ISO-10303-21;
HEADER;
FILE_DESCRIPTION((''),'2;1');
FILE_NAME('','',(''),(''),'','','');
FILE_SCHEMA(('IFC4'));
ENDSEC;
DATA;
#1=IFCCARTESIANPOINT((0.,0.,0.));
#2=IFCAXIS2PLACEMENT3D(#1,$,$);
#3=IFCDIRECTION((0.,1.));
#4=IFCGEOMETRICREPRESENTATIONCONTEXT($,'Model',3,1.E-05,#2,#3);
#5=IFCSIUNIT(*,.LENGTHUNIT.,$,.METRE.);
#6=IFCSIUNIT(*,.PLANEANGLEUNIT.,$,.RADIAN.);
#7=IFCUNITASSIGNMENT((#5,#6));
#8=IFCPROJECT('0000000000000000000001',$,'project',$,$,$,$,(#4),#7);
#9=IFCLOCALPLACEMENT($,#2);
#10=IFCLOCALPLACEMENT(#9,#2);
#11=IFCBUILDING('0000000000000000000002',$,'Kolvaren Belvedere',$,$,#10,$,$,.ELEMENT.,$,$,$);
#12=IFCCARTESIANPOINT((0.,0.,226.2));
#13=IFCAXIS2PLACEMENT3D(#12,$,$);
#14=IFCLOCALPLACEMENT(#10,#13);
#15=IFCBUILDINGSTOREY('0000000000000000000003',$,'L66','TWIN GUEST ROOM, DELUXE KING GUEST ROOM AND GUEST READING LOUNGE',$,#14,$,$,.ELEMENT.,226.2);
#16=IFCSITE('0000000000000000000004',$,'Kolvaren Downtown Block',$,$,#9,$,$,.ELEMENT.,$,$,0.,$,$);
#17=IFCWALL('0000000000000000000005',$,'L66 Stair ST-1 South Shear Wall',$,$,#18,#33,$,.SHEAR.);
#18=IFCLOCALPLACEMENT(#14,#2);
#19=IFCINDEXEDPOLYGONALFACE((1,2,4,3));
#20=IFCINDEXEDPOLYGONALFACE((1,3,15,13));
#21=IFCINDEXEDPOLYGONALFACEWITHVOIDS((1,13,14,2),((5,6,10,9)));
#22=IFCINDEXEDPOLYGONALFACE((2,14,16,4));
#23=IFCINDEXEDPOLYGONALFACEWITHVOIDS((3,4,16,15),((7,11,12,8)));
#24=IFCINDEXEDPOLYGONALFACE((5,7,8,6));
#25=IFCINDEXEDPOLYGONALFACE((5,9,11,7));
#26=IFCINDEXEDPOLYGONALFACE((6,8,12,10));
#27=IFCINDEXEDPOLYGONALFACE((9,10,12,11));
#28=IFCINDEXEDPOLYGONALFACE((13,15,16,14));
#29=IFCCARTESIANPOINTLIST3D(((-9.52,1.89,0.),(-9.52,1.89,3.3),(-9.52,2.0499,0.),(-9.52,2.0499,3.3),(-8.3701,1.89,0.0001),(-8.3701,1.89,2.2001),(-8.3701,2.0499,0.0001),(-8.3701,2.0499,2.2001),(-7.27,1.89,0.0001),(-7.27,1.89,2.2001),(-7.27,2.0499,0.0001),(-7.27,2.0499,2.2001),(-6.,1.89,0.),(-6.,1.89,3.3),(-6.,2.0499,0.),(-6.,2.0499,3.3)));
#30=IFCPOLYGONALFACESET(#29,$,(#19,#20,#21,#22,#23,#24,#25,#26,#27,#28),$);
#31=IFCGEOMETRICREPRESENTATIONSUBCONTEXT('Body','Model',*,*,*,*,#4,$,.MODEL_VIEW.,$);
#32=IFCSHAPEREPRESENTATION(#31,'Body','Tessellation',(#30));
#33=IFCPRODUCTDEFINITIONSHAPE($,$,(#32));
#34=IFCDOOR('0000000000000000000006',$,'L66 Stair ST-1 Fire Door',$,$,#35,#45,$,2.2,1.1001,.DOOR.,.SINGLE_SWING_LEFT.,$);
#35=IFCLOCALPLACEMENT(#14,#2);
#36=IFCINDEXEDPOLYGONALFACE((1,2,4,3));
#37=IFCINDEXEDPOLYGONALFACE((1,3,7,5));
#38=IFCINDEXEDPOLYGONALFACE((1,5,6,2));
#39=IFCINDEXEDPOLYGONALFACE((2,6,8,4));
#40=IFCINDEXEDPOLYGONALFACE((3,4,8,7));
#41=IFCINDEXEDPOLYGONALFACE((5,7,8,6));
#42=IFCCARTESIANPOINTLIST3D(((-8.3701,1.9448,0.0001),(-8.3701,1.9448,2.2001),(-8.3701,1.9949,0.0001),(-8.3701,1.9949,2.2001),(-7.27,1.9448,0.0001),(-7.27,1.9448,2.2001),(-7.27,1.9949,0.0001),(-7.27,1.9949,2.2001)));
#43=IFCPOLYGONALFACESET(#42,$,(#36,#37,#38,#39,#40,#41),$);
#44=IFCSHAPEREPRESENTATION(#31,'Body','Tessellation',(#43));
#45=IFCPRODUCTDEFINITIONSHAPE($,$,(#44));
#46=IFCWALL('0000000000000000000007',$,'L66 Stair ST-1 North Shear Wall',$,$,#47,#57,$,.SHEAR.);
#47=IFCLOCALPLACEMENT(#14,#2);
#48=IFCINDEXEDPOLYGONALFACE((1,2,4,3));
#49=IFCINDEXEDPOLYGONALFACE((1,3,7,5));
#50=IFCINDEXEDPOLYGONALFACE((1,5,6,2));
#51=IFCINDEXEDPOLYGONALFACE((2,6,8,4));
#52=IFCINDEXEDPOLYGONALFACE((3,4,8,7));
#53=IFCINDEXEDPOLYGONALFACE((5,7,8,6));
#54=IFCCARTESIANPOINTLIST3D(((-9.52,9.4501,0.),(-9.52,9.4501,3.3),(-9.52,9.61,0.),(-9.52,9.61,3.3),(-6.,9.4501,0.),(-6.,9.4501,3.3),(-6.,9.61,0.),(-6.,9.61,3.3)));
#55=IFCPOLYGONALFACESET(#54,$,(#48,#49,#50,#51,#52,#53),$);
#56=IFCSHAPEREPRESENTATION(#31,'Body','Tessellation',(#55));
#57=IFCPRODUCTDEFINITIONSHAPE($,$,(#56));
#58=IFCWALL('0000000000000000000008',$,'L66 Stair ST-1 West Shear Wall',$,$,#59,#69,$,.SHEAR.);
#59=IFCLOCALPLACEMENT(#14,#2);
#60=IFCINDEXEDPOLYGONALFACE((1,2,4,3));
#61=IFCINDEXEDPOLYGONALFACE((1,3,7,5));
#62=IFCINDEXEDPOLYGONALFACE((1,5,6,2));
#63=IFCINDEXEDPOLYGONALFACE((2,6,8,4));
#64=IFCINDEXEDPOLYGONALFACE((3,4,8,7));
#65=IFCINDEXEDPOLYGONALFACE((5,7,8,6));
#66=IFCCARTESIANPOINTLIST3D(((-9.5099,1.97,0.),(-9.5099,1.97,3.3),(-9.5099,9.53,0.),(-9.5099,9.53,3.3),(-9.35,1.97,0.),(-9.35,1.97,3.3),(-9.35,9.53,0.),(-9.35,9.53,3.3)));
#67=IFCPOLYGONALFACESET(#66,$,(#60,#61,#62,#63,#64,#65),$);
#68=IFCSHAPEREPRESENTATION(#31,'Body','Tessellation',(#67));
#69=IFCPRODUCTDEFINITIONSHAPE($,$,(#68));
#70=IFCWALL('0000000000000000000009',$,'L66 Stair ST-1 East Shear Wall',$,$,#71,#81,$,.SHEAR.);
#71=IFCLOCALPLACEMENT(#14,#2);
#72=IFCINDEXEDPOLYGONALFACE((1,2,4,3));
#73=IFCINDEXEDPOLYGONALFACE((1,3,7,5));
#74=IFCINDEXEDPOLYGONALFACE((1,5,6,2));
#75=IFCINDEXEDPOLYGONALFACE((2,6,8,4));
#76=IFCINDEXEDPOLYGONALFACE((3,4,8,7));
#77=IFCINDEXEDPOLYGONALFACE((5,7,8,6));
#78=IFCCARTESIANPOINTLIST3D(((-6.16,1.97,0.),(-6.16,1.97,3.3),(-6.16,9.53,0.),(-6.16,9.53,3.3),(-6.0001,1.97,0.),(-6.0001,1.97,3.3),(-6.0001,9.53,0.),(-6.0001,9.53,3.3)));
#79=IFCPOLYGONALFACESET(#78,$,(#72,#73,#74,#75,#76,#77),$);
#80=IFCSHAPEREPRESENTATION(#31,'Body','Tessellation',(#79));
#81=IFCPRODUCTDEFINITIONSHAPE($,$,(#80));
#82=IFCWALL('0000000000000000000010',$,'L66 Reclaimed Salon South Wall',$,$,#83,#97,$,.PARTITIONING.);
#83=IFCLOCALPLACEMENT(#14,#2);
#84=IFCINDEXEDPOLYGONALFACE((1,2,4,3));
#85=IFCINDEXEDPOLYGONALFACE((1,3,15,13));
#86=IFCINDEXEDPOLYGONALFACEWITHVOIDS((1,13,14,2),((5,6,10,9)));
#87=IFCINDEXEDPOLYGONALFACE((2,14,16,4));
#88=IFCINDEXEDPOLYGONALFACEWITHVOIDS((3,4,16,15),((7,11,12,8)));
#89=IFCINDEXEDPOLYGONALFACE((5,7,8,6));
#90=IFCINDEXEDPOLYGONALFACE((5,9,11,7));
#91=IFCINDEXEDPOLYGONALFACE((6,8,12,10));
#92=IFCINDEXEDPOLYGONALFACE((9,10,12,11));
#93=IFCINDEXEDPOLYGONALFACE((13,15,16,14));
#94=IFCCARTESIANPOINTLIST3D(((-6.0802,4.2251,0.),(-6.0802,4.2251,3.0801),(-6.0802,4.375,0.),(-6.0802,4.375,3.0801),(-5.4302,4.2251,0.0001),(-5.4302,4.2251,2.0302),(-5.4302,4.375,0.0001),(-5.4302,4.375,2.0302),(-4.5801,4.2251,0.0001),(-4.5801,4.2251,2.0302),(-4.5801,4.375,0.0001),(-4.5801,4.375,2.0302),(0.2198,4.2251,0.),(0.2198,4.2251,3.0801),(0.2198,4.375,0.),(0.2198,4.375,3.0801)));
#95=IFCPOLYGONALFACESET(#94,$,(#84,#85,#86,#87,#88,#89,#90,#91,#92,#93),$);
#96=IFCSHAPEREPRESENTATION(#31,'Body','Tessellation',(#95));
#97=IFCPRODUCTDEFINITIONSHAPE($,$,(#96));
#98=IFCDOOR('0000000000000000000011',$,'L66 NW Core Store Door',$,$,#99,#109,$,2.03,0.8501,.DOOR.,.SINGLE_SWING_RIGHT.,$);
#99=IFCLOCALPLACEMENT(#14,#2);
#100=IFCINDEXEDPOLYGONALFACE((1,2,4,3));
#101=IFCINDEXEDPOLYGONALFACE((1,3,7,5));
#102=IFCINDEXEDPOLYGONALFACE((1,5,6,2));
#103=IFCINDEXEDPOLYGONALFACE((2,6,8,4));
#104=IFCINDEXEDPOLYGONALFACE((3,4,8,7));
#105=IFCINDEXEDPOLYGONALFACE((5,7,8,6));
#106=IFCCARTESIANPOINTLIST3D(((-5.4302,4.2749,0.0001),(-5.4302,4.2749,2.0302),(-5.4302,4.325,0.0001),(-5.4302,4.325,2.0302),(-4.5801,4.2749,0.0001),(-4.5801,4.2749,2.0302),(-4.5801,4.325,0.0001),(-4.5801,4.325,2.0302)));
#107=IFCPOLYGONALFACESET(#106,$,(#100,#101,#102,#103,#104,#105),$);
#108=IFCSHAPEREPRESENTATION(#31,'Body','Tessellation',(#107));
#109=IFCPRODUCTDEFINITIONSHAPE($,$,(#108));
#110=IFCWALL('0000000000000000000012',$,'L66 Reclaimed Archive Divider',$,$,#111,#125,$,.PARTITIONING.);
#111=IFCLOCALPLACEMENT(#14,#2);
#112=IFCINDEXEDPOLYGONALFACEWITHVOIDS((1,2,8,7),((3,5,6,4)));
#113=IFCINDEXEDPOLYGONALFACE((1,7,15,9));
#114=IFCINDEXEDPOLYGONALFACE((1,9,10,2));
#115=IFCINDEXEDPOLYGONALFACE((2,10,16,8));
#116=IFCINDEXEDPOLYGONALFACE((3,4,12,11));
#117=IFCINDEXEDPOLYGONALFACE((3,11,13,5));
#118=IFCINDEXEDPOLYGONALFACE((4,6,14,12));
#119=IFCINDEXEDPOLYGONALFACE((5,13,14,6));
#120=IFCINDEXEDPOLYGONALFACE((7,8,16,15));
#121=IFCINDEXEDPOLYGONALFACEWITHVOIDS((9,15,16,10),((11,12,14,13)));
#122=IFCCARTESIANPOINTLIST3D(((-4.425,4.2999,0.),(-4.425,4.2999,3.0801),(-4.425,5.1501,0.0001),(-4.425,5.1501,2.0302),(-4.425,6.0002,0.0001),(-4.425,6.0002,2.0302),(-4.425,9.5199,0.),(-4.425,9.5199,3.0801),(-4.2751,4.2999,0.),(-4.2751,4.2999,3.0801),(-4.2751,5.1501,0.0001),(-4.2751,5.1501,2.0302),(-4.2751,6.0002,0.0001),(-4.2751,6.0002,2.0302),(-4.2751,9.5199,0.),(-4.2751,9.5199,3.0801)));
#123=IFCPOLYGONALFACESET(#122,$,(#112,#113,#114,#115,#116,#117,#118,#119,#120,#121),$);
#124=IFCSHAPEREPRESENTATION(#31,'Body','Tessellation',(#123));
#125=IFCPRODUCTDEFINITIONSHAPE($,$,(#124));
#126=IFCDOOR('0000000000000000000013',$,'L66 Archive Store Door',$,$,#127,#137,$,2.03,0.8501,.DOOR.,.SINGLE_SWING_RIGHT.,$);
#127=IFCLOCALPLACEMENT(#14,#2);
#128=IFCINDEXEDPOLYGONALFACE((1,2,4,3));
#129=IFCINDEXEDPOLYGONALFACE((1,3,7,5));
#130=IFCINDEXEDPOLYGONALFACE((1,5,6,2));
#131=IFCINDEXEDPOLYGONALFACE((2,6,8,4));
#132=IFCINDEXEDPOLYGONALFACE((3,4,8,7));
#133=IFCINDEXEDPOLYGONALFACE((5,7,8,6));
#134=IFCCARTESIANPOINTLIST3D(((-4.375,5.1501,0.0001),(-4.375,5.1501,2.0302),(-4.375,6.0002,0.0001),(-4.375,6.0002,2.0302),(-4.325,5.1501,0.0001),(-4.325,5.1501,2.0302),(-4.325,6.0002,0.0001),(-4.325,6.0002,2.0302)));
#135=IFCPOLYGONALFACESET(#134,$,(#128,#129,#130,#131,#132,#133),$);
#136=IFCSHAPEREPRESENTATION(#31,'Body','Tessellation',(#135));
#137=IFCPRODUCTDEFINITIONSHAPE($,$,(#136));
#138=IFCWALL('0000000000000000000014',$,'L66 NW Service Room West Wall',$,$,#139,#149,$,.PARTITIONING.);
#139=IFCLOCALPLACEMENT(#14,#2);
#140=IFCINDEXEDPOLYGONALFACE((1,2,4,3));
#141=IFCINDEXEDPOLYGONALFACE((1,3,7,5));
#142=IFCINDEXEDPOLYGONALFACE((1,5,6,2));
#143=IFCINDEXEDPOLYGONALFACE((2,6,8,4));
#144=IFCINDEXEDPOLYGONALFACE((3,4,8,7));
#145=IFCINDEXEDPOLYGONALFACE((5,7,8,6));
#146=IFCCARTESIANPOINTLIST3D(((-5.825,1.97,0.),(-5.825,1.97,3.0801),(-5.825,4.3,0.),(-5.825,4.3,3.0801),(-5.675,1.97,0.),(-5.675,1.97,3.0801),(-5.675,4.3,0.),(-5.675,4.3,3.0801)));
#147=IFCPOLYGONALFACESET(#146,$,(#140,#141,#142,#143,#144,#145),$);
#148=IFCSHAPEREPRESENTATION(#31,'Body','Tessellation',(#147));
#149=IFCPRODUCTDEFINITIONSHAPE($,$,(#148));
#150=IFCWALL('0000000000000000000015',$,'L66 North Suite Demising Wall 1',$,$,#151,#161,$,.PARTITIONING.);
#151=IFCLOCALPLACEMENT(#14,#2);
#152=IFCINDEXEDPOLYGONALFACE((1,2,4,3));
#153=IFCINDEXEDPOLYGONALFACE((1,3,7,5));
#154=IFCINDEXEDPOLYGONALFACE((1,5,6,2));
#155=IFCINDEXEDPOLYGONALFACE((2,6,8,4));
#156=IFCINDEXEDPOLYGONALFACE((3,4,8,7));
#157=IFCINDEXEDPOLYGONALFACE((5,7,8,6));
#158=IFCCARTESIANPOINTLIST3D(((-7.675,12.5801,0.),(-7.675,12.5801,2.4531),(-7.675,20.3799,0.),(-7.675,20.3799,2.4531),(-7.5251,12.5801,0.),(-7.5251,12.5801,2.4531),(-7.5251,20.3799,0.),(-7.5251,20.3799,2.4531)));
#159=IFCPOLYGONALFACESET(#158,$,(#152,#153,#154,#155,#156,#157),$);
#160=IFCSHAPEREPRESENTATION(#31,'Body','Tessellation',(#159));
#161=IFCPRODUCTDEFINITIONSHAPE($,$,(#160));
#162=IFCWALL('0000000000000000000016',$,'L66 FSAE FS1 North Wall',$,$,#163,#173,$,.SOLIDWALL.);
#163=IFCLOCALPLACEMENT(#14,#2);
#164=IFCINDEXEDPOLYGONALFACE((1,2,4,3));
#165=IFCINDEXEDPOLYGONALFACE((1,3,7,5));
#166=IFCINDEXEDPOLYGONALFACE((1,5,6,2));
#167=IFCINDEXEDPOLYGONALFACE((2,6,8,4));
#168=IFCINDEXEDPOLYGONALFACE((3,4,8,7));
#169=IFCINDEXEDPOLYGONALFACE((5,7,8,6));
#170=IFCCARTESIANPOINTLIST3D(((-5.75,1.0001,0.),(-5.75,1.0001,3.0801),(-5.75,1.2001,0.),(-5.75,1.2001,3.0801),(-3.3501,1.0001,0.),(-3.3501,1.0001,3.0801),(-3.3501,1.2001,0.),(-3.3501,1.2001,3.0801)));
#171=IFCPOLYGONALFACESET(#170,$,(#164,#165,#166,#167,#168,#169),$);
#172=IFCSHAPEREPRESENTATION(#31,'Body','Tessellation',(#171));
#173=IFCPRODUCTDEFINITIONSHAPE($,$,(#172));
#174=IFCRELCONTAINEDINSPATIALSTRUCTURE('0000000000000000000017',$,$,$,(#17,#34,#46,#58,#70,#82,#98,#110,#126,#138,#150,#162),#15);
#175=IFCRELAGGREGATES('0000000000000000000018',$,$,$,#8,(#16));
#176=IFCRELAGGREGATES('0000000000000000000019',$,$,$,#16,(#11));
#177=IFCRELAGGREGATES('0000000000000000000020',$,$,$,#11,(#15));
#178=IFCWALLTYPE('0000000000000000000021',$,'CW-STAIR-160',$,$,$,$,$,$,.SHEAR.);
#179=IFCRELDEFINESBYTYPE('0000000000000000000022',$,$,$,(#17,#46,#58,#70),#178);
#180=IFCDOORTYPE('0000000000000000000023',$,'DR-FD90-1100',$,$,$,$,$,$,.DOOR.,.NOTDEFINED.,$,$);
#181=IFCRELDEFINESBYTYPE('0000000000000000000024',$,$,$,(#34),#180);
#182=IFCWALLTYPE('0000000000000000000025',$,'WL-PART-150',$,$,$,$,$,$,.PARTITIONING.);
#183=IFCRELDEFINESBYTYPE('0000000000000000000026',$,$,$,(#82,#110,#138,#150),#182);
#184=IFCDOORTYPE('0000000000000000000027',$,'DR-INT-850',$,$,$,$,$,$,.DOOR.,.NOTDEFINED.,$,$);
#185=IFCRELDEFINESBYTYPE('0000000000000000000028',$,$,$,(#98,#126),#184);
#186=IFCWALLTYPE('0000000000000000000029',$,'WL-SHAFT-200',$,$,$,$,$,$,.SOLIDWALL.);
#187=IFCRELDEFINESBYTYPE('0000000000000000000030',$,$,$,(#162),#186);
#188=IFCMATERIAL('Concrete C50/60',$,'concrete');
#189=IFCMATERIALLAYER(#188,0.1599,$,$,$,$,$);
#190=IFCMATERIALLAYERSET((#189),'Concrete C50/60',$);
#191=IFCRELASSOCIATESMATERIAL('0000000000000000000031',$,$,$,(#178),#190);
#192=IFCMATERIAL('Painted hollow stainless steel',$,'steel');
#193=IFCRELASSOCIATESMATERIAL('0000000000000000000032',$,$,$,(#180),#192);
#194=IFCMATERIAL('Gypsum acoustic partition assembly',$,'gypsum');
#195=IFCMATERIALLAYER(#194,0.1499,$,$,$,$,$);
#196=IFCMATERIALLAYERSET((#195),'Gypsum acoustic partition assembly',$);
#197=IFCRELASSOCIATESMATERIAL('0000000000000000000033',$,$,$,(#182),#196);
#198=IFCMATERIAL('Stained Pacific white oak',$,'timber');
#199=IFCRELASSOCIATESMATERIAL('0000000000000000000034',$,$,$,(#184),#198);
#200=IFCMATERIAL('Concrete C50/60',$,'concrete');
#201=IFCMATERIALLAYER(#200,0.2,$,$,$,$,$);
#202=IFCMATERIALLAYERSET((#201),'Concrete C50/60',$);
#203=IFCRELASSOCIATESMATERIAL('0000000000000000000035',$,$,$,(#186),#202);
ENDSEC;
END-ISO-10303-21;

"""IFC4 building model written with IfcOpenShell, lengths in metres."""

from ifc_helpers import new_model, si_unit, direction, frame, frame_2d, origin, place, context, subcontext, project, spatial, rectangle, extrude, material, layer, layer_set, type_object, element, fill, save


model = new_model("IFC4")

# Units and contexts
model_context = context("Model", 3, precision=1e-05, world=origin(), true_north=direction((0.0, 1.0)))
body_context = subcontext(model_context, "Body", "Model", "MODEL_VIEW")
ifc_project = project(units=[si_unit("LENGTHUNIT", "METRE"), si_unit("PLANEANGLEUNIT", "RADIAN")], contexts=[model_context])

# Site, building, storey
site_placement = place(None, origin())
site = spatial("IfcSite", under=ifc_project, at=site_placement, Name="Kolvaren Downtown Block", CompositionType="ELEMENT", RefElevation=0.0)
building_placement = place(site_placement, origin())
building = spatial("IfcBuilding", under=site, at=building_placement, Name="Kolvaren Belvedere", CompositionType="ELEMENT")
storey_placement = place(building_placement, frame((0.0, 0.0, 226.2)))
storey = spatial("IfcBuildingStorey", under=building, at=storey_placement, Name="L66", Description="TWIN GUEST ROOM, DELUXE KING GUEST ROOM AND GUEST READING LOUNGE", CompositionType="ELEMENT", Elevation=226.2)

# Wall, opening, door
ifc_material_1 = material(Name="Concrete C50/60", Category="concrete")
ifc_layer_1 = layer(ifc_material_1, 0.1599)
ifc_layer_set_1 = layer_set([ifc_layer_1], Name="Concrete C50/60")
wall_type_1 = type_object("IfcWallType", Name="CW-STAIR-160", PredefinedType="SHEAR", material=ifc_layer_set_1)
wall_1_placement = place(storey_placement, frame((-9.52, 1.97, 0.0), z_axis=(0.0, 0.0, 1.0), x_axis=(1.0, 0.0, 0.0)))
wall_1 = element("IfcWall", 1, at=wall_1_placement, inside=storey, type_object=wall_type_1, Name="L66 Stair ST-1 South Shear Wall", PredefinedType="SHEAR", context=body_context, shape_type="SweptSolid", body=[
    extrude(rectangle(XDim=3.52, YDim=0.1599, at=frame_2d((1.76, 0.0))), origin(), (0.0, 0.0, 1.0), 3.3),
])
opening_1_placement = place(wall_1_placement, frame((1.1499, 0.0, 0.0)))
opening_1 = element("IfcOpeningElement", 2, at=opening_1_placement, cuts=wall_1, PredefinedType="OPENING", context=body_context, shape_type="SweptSolid", body=[
    extrude(rectangle(XDim=1.1001, YDim=2.2, at=frame_2d((0.55, 1.1001))), frame((0.0, 0.0898, 0.0), z_axis=(0.0, -1.0, 0.0), x_axis=(1.0, 0.0, 0.0)), (0.0, 0.0, 1.0), 0.1799),
])
ifc_material_2 = material(Name="Painted hollow stainless steel", Category="steel")
door_type_1 = type_object("IfcDoorType", Name="DR-FD90-1100", OperationType="NOTDEFINED", PredefinedType="DOOR", material=ifc_material_2)
door_1_placement = place(opening_1_placement, origin())
door_1 = element("IfcDoor", 3, at=door_1_placement, inside=storey, type_object=door_type_1, Name="L66 Stair ST-1 Fire Door", OperationType="SINGLE_SWING_LEFT", OverallHeight=2.2, OverallWidth=1.1001, PredefinedType="DOOR", context=body_context, shape_type="SweptSolid", body=[
    extrude(rectangle(XDim=1.1001, YDim=2.2, at=frame_2d((0.55, 1.1001))), frame((0.0, 0.0249, 0.0), z_axis=(0.0, -1.0, 0.0), x_axis=(1.0, 0.0, 0.0)), (0.0, 0.0, 1.0), 0.05),
])
fill(opening_1, door_1)

# Walls
wall_2_placement = place(storey_placement, frame((-9.52, 9.53, 0.0), z_axis=(0.0, 0.0, 1.0), x_axis=(1.0, 0.0, 0.0)))
element("IfcWall", 4, at=wall_2_placement, inside=storey, type_object=wall_type_1, Name="L66 Stair ST-1 North Shear Wall", PredefinedType="SHEAR", context=body_context, shape_type="SweptSolid", body=[
    extrude(rectangle(XDim=3.52, YDim=0.1599, at=frame_2d((1.76, 0.0))), origin(), (0.0, 0.0, 1.0), 3.3),
])
for number, where, z_axis, x_axis, name in (
    (5, (-9.4299, 1.97, 0.0), (0.0, 0.0, 1.0), (0.0, 1.0, 0.0), "L66 Stair ST-1 West Shear Wall"),
    (6, (-6.0801, 1.97, 0.0), (0.0, 0.0, 1.0), (0.0, 1.0, 0.0), "L66 Stair ST-1 East Shear Wall"),
):
    element("IfcWall", number, at=place(storey_placement, frame(where, z_axis=z_axis, x_axis=x_axis)), inside=storey, type_object=wall_type_1, Name=name, PredefinedType="SHEAR", context=body_context, shape_type="SweptSolid", body=[
        extrude(rectangle(XDim=7.5601, YDim=0.1599, at=frame_2d((3.78, 0.0))), origin(), (0.0, 0.0, 1.0), 3.3),
    ])

# Walls, openings, doors
ifc_material_3 = material(Name="Gypsum acoustic partition assembly", Category="gypsum")
ifc_layer_2 = layer(ifc_material_3, 0.1499)
ifc_layer_set_2 = layer_set([ifc_layer_2], Name="Gypsum acoustic partition assembly")
wall_type_2 = type_object("IfcWallType", Name="WL-PART-150", PredefinedType="PARTITIONING", material=ifc_layer_set_2)
wall_3_placement = place(storey_placement, frame((-6.0801, 4.3, 0.0), z_axis=(0.0, 0.0, 1.0), x_axis=(1.0, 0.0, 0.0)))
wall_3 = element("IfcWall", 7, at=wall_3_placement, inside=storey, type_object=wall_type_2, Name="L66 Reclaimed Salon South Wall", PredefinedType="PARTITIONING", context=body_context, shape_type="SweptSolid", body=[
    extrude(rectangle(XDim=6.3, YDim=0.1499, at=frame_2d((3.1499, 0.0))), origin(), (0.0, 0.0, 1.0), 3.0801),
])
opening_2_placement = place(wall_3_placement, frame((0.6499, 0.0, 0.0)))
opening_2 = element("IfcOpeningElement", 8, at=opening_2_placement, cuts=wall_3, PredefinedType="OPENING", context=body_context, shape_type="SweptSolid", body=[
    extrude(rectangle(XDim=0.8501, YDim=2.03, at=frame_2d((0.425, 1.0151))), frame((0.0, 0.085, 0.0), z_axis=(0.0, -1.0, 0.0), x_axis=(1.0, 0.0, 0.0)), (0.0, 0.0, 1.0), 0.1699),
])
ifc_material_4 = material(Name="Stained Pacific white oak", Category="timber")
door_type_2 = type_object("IfcDoorType", Name="DR-INT-850", OperationType="NOTDEFINED", PredefinedType="DOOR", material=ifc_material_4)
door_2_placement = place(opening_2_placement, origin())
door_2 = element("IfcDoor", 9, at=door_2_placement, inside=storey, type_object=door_type_2, Name="L66 NW Core Store Door", OperationType="SINGLE_SWING_RIGHT", OverallHeight=2.03, OverallWidth=0.8501, PredefinedType="DOOR", context=body_context, shape_type="SweptSolid", body=[
    extrude(rectangle(XDim=0.8501, YDim=2.03, at=frame_2d((0.425, 1.0151))), frame((0.0, 0.0249, 0.0), z_axis=(0.0, -1.0, 0.0), x_axis=(1.0, 0.0, 0.0)), (0.0, 0.0, 1.0), 0.05),
])
fill(opening_2, door_2)
wall_4_placement = place(storey_placement, frame((-4.3501, 4.3, 0.0), z_axis=(0.0, 0.0, 1.0), x_axis=(0.0, 1.0, 0.0)))
wall_4 = element("IfcWall", 10, at=wall_4_placement, inside=storey, type_object=wall_type_2, Name="L66 Reclaimed Archive Divider", PredefinedType="PARTITIONING", context=body_context, shape_type="SweptSolid", body=[
    extrude(rectangle(XDim=5.22, YDim=0.1499, at=frame_2d((2.6099, 0.0))), origin(), (0.0, 0.0, 1.0), 3.0801),
])
opening_3_placement = place(wall_4_placement, frame((0.8501, 0.0, 0.0)))
opening_3 = element("IfcOpeningElement", 11, at=opening_3_placement, cuts=wall_4, PredefinedType="OPENING", context=body_context, shape_type="SweptSolid", body=[
    extrude(rectangle(XDim=0.8501, YDim=2.03, at=frame_2d((0.425, 1.0151))), frame((0.0, 0.085, 0.0), z_axis=(0.0, -1.0, 0.0), x_axis=(1.0, 0.0, 0.0)), (0.0, 0.0, 1.0), 0.1699),
])
door_3_placement = place(opening_3_placement, origin())
door_3 = element("IfcDoor", 12, at=door_3_placement, inside=storey, type_object=door_type_2, Name="L66 Archive Store Door", OperationType="SINGLE_SWING_RIGHT", OverallHeight=2.03, OverallWidth=0.8501, PredefinedType="DOOR", context=body_context, shape_type="SweptSolid", body=[
    extrude(rectangle(XDim=0.8501, YDim=2.03, at=frame_2d((0.425, 1.0151))), frame((0.0, 0.0249, 0.0), z_axis=(0.0, -1.0, 0.0), x_axis=(1.0, 0.0, 0.0)), (0.0, 0.0, 1.0), 0.05),
])
fill(opening_3, door_3)

# Walls
wall_5_placement = place(storey_placement, frame((-5.75, 1.97, 0.0), z_axis=(0.0, 0.0, 1.0), x_axis=(0.0, 1.0, 0.0)))
element("IfcWall", 13, at=wall_5_placement, inside=storey, type_object=wall_type_2, Name="L66 NW Service Room West Wall", PredefinedType="PARTITIONING", context=body_context, shape_type="SweptSolid", body=[
    extrude(rectangle(XDim=2.3301, YDim=0.1499, at=frame_2d((1.165, 0.0))), origin(), (0.0, 0.0, 1.0), 3.0801),
])
wall_6_placement = place(storey_placement, frame((-7.6001, 12.5801, 0.0), z_axis=(0.0, 0.0, 1.0), x_axis=(0.0, 1.0, 0.0)))
element("IfcWall", 14, at=wall_6_placement, inside=storey, type_object=wall_type_2, Name="L66 North Suite Demising Wall 1", PredefinedType="PARTITIONING", context=body_context, shape_type="SweptSolid", body=[
    extrude(rectangle(XDim=7.7998, YDim=0.1499, at=frame_2d((3.8999, 0.0))), origin(), (0.0, 0.0, 1.0), 2.4531),
])
ifc_material_5 = material(Name="Concrete C50/60", Category="concrete")
ifc_layer_3 = layer(ifc_material_5, 0.2)
ifc_layer_set_3 = layer_set([ifc_layer_3], Name="Concrete C50/60")
wall_type_3 = type_object("IfcWallType", Name="WL-SHAFT-200", PredefinedType="SOLIDWALL", material=ifc_layer_set_3)
wall_7_placement = place(storey_placement, frame((-5.75, 1.1001, 0.0), z_axis=(0.0, 0.0, 1.0), x_axis=(1.0, 0.0, 0.0)))
element("IfcWall", 15, at=wall_7_placement, inside=storey, type_object=wall_type_3, Name="L66 FSAE FS1 North Wall", PredefinedType="SOLIDWALL", context=body_context, shape_type="SweptSolid", body=[
    extrude(rectangle(XDim=2.3999, YDim=0.2, at=frame_2d((1.2, 0.0))), origin(), (0.0, 0.0, 1.0), 3.0801),
])

save(model, "model.ifc")
